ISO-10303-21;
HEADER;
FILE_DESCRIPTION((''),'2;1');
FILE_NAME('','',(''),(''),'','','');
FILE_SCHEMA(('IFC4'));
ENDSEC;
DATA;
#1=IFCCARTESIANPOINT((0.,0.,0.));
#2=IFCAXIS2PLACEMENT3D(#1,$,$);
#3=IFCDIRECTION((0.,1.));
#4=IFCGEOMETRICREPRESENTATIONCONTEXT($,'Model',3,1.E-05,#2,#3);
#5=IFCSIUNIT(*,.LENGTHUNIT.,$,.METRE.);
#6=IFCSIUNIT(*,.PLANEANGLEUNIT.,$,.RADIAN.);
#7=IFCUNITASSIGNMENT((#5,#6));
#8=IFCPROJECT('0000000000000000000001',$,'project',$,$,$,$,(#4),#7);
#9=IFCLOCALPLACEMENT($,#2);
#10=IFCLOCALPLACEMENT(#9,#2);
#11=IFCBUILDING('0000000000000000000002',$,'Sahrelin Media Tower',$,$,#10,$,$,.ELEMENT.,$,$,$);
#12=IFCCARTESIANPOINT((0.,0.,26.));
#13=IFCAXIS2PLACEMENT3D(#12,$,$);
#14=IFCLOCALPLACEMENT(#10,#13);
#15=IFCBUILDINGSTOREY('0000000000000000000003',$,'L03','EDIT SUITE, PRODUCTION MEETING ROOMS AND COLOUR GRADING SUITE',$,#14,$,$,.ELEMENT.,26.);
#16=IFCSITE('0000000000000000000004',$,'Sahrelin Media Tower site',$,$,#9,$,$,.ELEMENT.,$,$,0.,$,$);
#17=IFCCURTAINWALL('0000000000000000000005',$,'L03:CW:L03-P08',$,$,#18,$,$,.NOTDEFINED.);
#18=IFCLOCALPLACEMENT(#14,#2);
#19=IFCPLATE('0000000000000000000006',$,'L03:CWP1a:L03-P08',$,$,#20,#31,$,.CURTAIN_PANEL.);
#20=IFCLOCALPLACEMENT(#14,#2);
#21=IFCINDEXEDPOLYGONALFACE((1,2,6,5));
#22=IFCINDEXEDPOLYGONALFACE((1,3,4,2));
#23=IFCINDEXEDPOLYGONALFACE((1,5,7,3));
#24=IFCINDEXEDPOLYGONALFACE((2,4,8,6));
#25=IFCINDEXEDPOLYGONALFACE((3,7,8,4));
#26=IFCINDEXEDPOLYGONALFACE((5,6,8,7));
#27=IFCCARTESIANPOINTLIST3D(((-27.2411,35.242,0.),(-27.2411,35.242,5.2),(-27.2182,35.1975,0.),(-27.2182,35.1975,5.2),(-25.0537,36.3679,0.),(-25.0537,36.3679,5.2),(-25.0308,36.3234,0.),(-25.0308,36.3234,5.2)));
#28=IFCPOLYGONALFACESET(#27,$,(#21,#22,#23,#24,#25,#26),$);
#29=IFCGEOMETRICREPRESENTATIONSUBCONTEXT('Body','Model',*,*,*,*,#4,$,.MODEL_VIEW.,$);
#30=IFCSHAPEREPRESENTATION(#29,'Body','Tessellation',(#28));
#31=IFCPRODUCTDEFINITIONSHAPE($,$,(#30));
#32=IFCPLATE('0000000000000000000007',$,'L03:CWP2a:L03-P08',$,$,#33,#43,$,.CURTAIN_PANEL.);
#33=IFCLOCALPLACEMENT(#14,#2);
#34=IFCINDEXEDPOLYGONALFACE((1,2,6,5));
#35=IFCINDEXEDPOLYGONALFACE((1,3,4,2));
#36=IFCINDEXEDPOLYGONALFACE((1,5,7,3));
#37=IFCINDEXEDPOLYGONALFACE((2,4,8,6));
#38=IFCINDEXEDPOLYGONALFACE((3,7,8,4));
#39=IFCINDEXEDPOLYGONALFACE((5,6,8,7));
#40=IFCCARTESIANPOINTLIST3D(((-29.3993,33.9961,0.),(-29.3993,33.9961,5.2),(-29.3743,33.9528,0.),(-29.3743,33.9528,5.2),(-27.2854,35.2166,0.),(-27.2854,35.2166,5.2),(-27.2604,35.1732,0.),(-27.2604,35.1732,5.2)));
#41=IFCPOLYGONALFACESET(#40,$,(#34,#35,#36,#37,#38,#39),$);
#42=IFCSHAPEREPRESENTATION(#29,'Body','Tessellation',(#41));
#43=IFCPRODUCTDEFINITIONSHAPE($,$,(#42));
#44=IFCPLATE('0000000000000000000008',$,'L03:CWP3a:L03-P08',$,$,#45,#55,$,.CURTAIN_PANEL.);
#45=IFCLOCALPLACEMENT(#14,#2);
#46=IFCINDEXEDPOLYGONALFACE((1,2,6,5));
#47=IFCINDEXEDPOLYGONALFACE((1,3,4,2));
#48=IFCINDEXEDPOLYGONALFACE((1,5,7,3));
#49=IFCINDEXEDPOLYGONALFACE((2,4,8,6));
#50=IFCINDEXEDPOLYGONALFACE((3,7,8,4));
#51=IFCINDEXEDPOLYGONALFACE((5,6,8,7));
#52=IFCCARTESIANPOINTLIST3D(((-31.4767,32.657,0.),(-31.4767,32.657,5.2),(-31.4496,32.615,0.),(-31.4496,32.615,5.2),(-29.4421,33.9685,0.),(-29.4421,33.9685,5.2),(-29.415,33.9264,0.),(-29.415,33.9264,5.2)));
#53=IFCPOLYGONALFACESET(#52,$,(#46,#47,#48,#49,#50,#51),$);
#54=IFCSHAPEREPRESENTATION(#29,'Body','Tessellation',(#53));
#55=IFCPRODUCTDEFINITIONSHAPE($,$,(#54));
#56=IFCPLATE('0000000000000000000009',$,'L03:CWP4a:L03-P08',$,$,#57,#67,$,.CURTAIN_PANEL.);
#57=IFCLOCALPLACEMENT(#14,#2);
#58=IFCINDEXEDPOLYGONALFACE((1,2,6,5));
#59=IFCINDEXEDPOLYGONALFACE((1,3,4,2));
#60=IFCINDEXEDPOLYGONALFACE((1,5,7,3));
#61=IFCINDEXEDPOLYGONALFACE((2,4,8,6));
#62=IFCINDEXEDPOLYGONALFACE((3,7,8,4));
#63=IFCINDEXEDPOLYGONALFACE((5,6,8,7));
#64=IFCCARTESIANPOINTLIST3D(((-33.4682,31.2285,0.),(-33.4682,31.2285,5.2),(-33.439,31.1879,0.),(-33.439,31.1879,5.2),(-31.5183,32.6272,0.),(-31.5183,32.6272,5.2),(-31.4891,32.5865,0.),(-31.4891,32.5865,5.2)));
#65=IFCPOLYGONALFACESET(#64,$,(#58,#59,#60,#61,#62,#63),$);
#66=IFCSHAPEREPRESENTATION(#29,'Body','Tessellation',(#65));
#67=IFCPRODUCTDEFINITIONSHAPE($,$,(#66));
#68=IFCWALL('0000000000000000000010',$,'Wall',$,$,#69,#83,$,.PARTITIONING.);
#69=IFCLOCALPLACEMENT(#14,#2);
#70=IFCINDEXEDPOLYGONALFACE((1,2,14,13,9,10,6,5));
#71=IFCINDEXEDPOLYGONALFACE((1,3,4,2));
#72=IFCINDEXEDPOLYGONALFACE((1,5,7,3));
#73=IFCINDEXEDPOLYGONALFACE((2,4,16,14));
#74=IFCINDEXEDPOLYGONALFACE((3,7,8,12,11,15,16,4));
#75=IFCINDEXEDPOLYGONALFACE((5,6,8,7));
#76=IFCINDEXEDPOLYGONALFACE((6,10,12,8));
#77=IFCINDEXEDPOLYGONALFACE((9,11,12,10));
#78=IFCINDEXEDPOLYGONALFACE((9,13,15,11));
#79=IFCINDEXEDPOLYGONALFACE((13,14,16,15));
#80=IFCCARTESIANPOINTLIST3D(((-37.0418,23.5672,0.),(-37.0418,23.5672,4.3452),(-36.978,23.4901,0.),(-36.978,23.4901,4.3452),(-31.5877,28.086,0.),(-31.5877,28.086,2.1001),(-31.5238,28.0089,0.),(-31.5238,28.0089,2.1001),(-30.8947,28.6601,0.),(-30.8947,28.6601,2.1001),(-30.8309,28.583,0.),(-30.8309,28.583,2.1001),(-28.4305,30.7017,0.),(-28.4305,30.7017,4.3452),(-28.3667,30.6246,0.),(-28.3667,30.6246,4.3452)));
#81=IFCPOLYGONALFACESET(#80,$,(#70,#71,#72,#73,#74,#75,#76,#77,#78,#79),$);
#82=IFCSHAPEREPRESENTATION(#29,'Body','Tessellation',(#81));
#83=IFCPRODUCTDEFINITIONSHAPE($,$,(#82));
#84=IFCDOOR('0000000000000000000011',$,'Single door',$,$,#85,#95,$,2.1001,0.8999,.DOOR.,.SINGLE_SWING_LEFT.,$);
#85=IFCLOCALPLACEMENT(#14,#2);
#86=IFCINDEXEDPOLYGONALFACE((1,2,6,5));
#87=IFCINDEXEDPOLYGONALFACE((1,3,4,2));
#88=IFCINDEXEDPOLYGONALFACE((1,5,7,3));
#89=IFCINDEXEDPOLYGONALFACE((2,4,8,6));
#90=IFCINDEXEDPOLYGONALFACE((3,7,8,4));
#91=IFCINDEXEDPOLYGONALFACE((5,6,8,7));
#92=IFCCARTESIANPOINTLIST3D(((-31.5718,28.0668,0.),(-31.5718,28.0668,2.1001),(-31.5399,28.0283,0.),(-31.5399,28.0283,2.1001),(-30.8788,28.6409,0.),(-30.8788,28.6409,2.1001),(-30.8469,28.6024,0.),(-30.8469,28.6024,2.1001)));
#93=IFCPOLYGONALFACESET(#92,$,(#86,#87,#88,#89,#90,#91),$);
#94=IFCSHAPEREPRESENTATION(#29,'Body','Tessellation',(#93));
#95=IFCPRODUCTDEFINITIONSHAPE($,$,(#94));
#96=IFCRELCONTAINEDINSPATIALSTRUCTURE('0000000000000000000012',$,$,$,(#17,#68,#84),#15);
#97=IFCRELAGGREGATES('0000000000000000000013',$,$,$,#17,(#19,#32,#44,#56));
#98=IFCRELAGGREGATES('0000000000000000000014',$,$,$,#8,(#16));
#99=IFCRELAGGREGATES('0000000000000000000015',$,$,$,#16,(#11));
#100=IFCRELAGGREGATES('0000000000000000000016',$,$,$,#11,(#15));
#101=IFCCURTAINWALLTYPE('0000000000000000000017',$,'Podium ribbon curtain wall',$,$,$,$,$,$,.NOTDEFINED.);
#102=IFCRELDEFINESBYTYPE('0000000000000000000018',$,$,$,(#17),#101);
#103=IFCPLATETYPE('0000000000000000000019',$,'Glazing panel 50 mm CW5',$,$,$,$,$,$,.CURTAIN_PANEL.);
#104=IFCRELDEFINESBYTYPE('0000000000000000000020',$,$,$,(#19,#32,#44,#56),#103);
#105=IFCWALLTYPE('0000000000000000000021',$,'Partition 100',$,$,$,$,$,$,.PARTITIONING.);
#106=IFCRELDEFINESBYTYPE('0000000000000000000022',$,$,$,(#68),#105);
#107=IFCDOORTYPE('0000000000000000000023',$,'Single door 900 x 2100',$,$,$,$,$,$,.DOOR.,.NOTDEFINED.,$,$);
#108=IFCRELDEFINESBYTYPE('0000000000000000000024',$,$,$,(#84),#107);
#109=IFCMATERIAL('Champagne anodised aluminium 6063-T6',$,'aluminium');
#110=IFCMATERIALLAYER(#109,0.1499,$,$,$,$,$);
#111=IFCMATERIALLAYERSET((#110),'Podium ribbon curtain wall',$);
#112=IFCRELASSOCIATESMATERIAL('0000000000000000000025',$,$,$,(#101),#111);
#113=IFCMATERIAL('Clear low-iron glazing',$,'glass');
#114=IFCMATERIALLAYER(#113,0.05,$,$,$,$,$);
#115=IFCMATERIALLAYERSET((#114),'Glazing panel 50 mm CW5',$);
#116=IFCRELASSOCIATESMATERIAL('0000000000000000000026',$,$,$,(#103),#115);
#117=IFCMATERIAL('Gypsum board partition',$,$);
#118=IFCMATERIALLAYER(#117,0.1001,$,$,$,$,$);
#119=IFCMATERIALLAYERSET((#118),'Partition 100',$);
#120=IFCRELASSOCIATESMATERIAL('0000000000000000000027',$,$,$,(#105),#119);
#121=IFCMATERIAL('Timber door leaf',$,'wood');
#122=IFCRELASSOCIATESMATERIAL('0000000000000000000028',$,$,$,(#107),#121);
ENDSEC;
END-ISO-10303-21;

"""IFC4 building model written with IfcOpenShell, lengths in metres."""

from ifc_helpers import new_model, si_unit, direction, frame, frame_2d, origin, place, context, subcontext, project, spatial, polyline, rectangle, outline, extrude, material, layer, layer_set, type_object, element, fill, aggregate, save


model = new_model("IFC4")

# Units and contexts
model_context = context("Model", 3, precision=1e-05, world=origin(), true_north=direction((0.0, 1.0)))
body_context = subcontext(model_context, "Body", "Model", "MODEL_VIEW")
ifc_project = project(units=[si_unit("LENGTHUNIT", "METRE"), si_unit("PLANEANGLEUNIT", "RADIAN")], contexts=[model_context])

# Site, building, storey
site_placement = place(None, origin())
site = spatial("IfcSite", under=ifc_project, at=site_placement, Name="Sahrelin Media Tower site", CompositionType="ELEMENT", RefElevation=0.0)
building_placement = place(site_placement, origin())
building = spatial("IfcBuilding", under=site, at=building_placement, Name="Sahrelin Media Tower", CompositionType="ELEMENT")
storey_placement = place(building_placement, frame((0.0, 0.0, 26.0)))
storey = spatial("IfcBuildingStorey", under=building, at=storey_placement, Name="L03", Description="EDIT SUITE, PRODUCTION MEETING ROOMS AND COLOUR GRADING SUITE", CompositionType="ELEMENT", Elevation=26.0)

# Curtain wall
ifc_material_1 = material(Name="Champagne anodised aluminium 6063-T6", Category="aluminium")
ifc_layer_1 = layer(ifc_material_1, 0.1499)
ifc_layer_set_1 = layer_set([ifc_layer_1], Name="Podium ribbon curtain wall")
curtain_wall_type = type_object("IfcCurtainWallType", Name="Podium ribbon curtain wall", PredefinedType="NOTDEFINED", material=ifc_layer_set_1)
curtain_wall_1_placement = place(storey_placement, frame((-25.0, 36.373, 0.0), z_axis=(0.0, 0.0, 1.0), x_axis=(1.0, 0.0, 0.0)))
curtain_wall_1 = element("IfcCurtainWall", 1, at=curtain_wall_1_placement, inside=storey, type_object=curtain_wall_type, Name="L03:CW:L03-P08", PredefinedType="NOTDEFINED")

# Plates
ifc_material_2 = material(Name="Clear low-iron glazing", Category="glass")
ifc_layer_2 = layer(ifc_material_2, 0.05)
ifc_layer_set_2 = layer_set([ifc_layer_2], Name="Glazing panel 50 mm CW5")
plate_type = type_object("IfcPlateType", Name="Glazing panel 50 mm CW5", PredefinedType="CURTAIN_PANEL", material=ifc_layer_set_2)
plate_1_placement = place(storey_placement, frame((-25.0537, 36.3679, 0.0), z_axis=(-0.457662, 0.889126, 0.0), x_axis=(-0.889126, -0.457662, 0.0)))
plate_1 = element("IfcPlate", 2, at=plate_1_placement, type_object=plate_type, Name="L03:CWP1a:L03-P08", PredefinedType="CURTAIN_PANEL", context=body_context, shape_type="SweptSolid", body=[
    extrude(outline(polyline([(0.0, 0.0), (2.4602, 0.0), (2.4602, 5.2), (0.0, 5.2), (0.0, 0.0)])), origin(), (0.0, 0.0, -1.0), 0.05),
])
plate_2_placement = place(storey_placement, frame((-27.2854, 35.2166, 0.0), z_axis=(-0.499979, 0.866037, 0.0), x_axis=(-0.866037, -0.499979, 0.0)))
plate_2 = element("IfcPlate", 3, at=plate_2_placement, type_object=plate_type, Name="L03:CWP2a:L03-P08", PredefinedType="CURTAIN_PANEL", context=body_context, shape_type="SweptSolid", body=[
    extrude(outline(polyline([(0.0, 0.0), (2.4409, 0.0), (2.4409, 5.2), (0.0, 5.2), (0.0, 0.0)])), origin(), (0.0, 0.0, -1.0), 0.05),
])
plate_3_placement = place(storey_placement, frame((-29.4421, 33.9685, 0.0), z_axis=(-0.541787, 0.840516, 0.0), x_axis=(-0.840516, -0.541787, 0.0)))
plate_3 = element("IfcPlate", 4, at=plate_3_placement, type_object=plate_type, Name="L03:CWP3a:L03-P08", PredefinedType="CURTAIN_PANEL", context=body_context, shape_type="SweptSolid", body=[
    extrude(outline(polyline([(0.0, 0.0), (2.4207, 0.0), (2.4207, 5.2), (0.0, 5.2), (0.0, 0.0)])), origin(), (0.0, 0.0, -1.0), 0.05),
])
plate_4_placement = place(storey_placement, frame((-31.5183, 32.6272, 0.0), z_axis=(-0.582854, 0.812577, 0.0), x_axis=(-0.812577, -0.582854, 0.0)))
plate_4 = element("IfcPlate", 5, at=plate_4_placement, type_object=plate_type, Name="L03:CWP4a:L03-P08", PredefinedType="CURTAIN_PANEL", context=body_context, shape_type="SweptSolid", body=[
    extrude(outline(polyline([(0.0, 0.0), (2.3997, 0.0), (2.3997, 5.2), (0.0, 5.2), (0.0, 0.0)])), origin(), (0.0, 0.0, -1.0), 0.05),
])
aggregate(curtain_wall_1, [plate_1, plate_2, plate_3, plate_4])

# Wall, opening, door
ifc_material_3 = material(Name="Gypsum board partition")
ifc_layer_3 = layer(ifc_material_3, 0.1001)
ifc_layer_set_3 = layer_set([ifc_layer_3], Name="Partition 100")
wall_type = type_object("IfcWallType", Name="Partition 100", PredefinedType="PARTITIONING", material=ifc_layer_set_3)
wall_placement = place(storey_placement, frame((-28.3987, 30.6631, 0.0), z_axis=(0.0, 0.0, 1.0), x_axis=(-0.770047, -0.637987, 0.0)))
wall = element("IfcWall", 6, at=wall_placement, inside=storey, type_object=wall_type, Name="Wall", PredefinedType="PARTITIONING", context=body_context, shape_type="SweptSolid", body=[
    extrude(rectangle(XDim=11.1829, YDim=0.1001, at=frame_2d((5.5913, 0.0))), origin(), (0.0, 0.0, 1.0), 4.3452),
])
opening_placement = place(wall_placement, frame((3.2, 0.0, 0.0)))
opening = element("IfcOpeningElement", 7, at=opening_placement, cuts=wall, PredefinedType="OPENING", context=body_context, shape_type="SweptSolid", body=[
    extrude(rectangle(XDim=0.8999, YDim=2.1001, at=frame_2d((0.45, 1.05))), frame((0.0, 0.05, 0.0), z_axis=(0.0, -1.0, 0.0), x_axis=(1.0, 0.0, 0.0)), (0.0, 0.0, 1.0), 0.1001),
])
ifc_material_4 = material(Name="Timber door leaf", Category="wood")
door_type = type_object("IfcDoorType", Name="Single door 900 x 2100", OperationType="NOTDEFINED", PredefinedType="DOOR", material=ifc_material_4)
door_placement = place(opening_placement, origin())
door = element("IfcDoor", 8, at=door_placement, inside=storey, type_object=door_type, Name="Single door", OperationType="SINGLE_SWING_LEFT", OverallHeight=2.1001, OverallWidth=0.8999, PredefinedType="DOOR", context=body_context, shape_type="SweptSolid", body=[
    extrude(rectangle(XDim=0.8999, YDim=2.1001, at=frame_2d((0.45, 1.05))), frame((0.0, 0.0249, 0.0), z_axis=(0.0, -1.0, 0.0), x_axis=(1.0, 0.0, 0.0)), (0.0, 0.0, 1.0), 0.05),
])
fill(opening, door)

save(model, "model.ifc")
